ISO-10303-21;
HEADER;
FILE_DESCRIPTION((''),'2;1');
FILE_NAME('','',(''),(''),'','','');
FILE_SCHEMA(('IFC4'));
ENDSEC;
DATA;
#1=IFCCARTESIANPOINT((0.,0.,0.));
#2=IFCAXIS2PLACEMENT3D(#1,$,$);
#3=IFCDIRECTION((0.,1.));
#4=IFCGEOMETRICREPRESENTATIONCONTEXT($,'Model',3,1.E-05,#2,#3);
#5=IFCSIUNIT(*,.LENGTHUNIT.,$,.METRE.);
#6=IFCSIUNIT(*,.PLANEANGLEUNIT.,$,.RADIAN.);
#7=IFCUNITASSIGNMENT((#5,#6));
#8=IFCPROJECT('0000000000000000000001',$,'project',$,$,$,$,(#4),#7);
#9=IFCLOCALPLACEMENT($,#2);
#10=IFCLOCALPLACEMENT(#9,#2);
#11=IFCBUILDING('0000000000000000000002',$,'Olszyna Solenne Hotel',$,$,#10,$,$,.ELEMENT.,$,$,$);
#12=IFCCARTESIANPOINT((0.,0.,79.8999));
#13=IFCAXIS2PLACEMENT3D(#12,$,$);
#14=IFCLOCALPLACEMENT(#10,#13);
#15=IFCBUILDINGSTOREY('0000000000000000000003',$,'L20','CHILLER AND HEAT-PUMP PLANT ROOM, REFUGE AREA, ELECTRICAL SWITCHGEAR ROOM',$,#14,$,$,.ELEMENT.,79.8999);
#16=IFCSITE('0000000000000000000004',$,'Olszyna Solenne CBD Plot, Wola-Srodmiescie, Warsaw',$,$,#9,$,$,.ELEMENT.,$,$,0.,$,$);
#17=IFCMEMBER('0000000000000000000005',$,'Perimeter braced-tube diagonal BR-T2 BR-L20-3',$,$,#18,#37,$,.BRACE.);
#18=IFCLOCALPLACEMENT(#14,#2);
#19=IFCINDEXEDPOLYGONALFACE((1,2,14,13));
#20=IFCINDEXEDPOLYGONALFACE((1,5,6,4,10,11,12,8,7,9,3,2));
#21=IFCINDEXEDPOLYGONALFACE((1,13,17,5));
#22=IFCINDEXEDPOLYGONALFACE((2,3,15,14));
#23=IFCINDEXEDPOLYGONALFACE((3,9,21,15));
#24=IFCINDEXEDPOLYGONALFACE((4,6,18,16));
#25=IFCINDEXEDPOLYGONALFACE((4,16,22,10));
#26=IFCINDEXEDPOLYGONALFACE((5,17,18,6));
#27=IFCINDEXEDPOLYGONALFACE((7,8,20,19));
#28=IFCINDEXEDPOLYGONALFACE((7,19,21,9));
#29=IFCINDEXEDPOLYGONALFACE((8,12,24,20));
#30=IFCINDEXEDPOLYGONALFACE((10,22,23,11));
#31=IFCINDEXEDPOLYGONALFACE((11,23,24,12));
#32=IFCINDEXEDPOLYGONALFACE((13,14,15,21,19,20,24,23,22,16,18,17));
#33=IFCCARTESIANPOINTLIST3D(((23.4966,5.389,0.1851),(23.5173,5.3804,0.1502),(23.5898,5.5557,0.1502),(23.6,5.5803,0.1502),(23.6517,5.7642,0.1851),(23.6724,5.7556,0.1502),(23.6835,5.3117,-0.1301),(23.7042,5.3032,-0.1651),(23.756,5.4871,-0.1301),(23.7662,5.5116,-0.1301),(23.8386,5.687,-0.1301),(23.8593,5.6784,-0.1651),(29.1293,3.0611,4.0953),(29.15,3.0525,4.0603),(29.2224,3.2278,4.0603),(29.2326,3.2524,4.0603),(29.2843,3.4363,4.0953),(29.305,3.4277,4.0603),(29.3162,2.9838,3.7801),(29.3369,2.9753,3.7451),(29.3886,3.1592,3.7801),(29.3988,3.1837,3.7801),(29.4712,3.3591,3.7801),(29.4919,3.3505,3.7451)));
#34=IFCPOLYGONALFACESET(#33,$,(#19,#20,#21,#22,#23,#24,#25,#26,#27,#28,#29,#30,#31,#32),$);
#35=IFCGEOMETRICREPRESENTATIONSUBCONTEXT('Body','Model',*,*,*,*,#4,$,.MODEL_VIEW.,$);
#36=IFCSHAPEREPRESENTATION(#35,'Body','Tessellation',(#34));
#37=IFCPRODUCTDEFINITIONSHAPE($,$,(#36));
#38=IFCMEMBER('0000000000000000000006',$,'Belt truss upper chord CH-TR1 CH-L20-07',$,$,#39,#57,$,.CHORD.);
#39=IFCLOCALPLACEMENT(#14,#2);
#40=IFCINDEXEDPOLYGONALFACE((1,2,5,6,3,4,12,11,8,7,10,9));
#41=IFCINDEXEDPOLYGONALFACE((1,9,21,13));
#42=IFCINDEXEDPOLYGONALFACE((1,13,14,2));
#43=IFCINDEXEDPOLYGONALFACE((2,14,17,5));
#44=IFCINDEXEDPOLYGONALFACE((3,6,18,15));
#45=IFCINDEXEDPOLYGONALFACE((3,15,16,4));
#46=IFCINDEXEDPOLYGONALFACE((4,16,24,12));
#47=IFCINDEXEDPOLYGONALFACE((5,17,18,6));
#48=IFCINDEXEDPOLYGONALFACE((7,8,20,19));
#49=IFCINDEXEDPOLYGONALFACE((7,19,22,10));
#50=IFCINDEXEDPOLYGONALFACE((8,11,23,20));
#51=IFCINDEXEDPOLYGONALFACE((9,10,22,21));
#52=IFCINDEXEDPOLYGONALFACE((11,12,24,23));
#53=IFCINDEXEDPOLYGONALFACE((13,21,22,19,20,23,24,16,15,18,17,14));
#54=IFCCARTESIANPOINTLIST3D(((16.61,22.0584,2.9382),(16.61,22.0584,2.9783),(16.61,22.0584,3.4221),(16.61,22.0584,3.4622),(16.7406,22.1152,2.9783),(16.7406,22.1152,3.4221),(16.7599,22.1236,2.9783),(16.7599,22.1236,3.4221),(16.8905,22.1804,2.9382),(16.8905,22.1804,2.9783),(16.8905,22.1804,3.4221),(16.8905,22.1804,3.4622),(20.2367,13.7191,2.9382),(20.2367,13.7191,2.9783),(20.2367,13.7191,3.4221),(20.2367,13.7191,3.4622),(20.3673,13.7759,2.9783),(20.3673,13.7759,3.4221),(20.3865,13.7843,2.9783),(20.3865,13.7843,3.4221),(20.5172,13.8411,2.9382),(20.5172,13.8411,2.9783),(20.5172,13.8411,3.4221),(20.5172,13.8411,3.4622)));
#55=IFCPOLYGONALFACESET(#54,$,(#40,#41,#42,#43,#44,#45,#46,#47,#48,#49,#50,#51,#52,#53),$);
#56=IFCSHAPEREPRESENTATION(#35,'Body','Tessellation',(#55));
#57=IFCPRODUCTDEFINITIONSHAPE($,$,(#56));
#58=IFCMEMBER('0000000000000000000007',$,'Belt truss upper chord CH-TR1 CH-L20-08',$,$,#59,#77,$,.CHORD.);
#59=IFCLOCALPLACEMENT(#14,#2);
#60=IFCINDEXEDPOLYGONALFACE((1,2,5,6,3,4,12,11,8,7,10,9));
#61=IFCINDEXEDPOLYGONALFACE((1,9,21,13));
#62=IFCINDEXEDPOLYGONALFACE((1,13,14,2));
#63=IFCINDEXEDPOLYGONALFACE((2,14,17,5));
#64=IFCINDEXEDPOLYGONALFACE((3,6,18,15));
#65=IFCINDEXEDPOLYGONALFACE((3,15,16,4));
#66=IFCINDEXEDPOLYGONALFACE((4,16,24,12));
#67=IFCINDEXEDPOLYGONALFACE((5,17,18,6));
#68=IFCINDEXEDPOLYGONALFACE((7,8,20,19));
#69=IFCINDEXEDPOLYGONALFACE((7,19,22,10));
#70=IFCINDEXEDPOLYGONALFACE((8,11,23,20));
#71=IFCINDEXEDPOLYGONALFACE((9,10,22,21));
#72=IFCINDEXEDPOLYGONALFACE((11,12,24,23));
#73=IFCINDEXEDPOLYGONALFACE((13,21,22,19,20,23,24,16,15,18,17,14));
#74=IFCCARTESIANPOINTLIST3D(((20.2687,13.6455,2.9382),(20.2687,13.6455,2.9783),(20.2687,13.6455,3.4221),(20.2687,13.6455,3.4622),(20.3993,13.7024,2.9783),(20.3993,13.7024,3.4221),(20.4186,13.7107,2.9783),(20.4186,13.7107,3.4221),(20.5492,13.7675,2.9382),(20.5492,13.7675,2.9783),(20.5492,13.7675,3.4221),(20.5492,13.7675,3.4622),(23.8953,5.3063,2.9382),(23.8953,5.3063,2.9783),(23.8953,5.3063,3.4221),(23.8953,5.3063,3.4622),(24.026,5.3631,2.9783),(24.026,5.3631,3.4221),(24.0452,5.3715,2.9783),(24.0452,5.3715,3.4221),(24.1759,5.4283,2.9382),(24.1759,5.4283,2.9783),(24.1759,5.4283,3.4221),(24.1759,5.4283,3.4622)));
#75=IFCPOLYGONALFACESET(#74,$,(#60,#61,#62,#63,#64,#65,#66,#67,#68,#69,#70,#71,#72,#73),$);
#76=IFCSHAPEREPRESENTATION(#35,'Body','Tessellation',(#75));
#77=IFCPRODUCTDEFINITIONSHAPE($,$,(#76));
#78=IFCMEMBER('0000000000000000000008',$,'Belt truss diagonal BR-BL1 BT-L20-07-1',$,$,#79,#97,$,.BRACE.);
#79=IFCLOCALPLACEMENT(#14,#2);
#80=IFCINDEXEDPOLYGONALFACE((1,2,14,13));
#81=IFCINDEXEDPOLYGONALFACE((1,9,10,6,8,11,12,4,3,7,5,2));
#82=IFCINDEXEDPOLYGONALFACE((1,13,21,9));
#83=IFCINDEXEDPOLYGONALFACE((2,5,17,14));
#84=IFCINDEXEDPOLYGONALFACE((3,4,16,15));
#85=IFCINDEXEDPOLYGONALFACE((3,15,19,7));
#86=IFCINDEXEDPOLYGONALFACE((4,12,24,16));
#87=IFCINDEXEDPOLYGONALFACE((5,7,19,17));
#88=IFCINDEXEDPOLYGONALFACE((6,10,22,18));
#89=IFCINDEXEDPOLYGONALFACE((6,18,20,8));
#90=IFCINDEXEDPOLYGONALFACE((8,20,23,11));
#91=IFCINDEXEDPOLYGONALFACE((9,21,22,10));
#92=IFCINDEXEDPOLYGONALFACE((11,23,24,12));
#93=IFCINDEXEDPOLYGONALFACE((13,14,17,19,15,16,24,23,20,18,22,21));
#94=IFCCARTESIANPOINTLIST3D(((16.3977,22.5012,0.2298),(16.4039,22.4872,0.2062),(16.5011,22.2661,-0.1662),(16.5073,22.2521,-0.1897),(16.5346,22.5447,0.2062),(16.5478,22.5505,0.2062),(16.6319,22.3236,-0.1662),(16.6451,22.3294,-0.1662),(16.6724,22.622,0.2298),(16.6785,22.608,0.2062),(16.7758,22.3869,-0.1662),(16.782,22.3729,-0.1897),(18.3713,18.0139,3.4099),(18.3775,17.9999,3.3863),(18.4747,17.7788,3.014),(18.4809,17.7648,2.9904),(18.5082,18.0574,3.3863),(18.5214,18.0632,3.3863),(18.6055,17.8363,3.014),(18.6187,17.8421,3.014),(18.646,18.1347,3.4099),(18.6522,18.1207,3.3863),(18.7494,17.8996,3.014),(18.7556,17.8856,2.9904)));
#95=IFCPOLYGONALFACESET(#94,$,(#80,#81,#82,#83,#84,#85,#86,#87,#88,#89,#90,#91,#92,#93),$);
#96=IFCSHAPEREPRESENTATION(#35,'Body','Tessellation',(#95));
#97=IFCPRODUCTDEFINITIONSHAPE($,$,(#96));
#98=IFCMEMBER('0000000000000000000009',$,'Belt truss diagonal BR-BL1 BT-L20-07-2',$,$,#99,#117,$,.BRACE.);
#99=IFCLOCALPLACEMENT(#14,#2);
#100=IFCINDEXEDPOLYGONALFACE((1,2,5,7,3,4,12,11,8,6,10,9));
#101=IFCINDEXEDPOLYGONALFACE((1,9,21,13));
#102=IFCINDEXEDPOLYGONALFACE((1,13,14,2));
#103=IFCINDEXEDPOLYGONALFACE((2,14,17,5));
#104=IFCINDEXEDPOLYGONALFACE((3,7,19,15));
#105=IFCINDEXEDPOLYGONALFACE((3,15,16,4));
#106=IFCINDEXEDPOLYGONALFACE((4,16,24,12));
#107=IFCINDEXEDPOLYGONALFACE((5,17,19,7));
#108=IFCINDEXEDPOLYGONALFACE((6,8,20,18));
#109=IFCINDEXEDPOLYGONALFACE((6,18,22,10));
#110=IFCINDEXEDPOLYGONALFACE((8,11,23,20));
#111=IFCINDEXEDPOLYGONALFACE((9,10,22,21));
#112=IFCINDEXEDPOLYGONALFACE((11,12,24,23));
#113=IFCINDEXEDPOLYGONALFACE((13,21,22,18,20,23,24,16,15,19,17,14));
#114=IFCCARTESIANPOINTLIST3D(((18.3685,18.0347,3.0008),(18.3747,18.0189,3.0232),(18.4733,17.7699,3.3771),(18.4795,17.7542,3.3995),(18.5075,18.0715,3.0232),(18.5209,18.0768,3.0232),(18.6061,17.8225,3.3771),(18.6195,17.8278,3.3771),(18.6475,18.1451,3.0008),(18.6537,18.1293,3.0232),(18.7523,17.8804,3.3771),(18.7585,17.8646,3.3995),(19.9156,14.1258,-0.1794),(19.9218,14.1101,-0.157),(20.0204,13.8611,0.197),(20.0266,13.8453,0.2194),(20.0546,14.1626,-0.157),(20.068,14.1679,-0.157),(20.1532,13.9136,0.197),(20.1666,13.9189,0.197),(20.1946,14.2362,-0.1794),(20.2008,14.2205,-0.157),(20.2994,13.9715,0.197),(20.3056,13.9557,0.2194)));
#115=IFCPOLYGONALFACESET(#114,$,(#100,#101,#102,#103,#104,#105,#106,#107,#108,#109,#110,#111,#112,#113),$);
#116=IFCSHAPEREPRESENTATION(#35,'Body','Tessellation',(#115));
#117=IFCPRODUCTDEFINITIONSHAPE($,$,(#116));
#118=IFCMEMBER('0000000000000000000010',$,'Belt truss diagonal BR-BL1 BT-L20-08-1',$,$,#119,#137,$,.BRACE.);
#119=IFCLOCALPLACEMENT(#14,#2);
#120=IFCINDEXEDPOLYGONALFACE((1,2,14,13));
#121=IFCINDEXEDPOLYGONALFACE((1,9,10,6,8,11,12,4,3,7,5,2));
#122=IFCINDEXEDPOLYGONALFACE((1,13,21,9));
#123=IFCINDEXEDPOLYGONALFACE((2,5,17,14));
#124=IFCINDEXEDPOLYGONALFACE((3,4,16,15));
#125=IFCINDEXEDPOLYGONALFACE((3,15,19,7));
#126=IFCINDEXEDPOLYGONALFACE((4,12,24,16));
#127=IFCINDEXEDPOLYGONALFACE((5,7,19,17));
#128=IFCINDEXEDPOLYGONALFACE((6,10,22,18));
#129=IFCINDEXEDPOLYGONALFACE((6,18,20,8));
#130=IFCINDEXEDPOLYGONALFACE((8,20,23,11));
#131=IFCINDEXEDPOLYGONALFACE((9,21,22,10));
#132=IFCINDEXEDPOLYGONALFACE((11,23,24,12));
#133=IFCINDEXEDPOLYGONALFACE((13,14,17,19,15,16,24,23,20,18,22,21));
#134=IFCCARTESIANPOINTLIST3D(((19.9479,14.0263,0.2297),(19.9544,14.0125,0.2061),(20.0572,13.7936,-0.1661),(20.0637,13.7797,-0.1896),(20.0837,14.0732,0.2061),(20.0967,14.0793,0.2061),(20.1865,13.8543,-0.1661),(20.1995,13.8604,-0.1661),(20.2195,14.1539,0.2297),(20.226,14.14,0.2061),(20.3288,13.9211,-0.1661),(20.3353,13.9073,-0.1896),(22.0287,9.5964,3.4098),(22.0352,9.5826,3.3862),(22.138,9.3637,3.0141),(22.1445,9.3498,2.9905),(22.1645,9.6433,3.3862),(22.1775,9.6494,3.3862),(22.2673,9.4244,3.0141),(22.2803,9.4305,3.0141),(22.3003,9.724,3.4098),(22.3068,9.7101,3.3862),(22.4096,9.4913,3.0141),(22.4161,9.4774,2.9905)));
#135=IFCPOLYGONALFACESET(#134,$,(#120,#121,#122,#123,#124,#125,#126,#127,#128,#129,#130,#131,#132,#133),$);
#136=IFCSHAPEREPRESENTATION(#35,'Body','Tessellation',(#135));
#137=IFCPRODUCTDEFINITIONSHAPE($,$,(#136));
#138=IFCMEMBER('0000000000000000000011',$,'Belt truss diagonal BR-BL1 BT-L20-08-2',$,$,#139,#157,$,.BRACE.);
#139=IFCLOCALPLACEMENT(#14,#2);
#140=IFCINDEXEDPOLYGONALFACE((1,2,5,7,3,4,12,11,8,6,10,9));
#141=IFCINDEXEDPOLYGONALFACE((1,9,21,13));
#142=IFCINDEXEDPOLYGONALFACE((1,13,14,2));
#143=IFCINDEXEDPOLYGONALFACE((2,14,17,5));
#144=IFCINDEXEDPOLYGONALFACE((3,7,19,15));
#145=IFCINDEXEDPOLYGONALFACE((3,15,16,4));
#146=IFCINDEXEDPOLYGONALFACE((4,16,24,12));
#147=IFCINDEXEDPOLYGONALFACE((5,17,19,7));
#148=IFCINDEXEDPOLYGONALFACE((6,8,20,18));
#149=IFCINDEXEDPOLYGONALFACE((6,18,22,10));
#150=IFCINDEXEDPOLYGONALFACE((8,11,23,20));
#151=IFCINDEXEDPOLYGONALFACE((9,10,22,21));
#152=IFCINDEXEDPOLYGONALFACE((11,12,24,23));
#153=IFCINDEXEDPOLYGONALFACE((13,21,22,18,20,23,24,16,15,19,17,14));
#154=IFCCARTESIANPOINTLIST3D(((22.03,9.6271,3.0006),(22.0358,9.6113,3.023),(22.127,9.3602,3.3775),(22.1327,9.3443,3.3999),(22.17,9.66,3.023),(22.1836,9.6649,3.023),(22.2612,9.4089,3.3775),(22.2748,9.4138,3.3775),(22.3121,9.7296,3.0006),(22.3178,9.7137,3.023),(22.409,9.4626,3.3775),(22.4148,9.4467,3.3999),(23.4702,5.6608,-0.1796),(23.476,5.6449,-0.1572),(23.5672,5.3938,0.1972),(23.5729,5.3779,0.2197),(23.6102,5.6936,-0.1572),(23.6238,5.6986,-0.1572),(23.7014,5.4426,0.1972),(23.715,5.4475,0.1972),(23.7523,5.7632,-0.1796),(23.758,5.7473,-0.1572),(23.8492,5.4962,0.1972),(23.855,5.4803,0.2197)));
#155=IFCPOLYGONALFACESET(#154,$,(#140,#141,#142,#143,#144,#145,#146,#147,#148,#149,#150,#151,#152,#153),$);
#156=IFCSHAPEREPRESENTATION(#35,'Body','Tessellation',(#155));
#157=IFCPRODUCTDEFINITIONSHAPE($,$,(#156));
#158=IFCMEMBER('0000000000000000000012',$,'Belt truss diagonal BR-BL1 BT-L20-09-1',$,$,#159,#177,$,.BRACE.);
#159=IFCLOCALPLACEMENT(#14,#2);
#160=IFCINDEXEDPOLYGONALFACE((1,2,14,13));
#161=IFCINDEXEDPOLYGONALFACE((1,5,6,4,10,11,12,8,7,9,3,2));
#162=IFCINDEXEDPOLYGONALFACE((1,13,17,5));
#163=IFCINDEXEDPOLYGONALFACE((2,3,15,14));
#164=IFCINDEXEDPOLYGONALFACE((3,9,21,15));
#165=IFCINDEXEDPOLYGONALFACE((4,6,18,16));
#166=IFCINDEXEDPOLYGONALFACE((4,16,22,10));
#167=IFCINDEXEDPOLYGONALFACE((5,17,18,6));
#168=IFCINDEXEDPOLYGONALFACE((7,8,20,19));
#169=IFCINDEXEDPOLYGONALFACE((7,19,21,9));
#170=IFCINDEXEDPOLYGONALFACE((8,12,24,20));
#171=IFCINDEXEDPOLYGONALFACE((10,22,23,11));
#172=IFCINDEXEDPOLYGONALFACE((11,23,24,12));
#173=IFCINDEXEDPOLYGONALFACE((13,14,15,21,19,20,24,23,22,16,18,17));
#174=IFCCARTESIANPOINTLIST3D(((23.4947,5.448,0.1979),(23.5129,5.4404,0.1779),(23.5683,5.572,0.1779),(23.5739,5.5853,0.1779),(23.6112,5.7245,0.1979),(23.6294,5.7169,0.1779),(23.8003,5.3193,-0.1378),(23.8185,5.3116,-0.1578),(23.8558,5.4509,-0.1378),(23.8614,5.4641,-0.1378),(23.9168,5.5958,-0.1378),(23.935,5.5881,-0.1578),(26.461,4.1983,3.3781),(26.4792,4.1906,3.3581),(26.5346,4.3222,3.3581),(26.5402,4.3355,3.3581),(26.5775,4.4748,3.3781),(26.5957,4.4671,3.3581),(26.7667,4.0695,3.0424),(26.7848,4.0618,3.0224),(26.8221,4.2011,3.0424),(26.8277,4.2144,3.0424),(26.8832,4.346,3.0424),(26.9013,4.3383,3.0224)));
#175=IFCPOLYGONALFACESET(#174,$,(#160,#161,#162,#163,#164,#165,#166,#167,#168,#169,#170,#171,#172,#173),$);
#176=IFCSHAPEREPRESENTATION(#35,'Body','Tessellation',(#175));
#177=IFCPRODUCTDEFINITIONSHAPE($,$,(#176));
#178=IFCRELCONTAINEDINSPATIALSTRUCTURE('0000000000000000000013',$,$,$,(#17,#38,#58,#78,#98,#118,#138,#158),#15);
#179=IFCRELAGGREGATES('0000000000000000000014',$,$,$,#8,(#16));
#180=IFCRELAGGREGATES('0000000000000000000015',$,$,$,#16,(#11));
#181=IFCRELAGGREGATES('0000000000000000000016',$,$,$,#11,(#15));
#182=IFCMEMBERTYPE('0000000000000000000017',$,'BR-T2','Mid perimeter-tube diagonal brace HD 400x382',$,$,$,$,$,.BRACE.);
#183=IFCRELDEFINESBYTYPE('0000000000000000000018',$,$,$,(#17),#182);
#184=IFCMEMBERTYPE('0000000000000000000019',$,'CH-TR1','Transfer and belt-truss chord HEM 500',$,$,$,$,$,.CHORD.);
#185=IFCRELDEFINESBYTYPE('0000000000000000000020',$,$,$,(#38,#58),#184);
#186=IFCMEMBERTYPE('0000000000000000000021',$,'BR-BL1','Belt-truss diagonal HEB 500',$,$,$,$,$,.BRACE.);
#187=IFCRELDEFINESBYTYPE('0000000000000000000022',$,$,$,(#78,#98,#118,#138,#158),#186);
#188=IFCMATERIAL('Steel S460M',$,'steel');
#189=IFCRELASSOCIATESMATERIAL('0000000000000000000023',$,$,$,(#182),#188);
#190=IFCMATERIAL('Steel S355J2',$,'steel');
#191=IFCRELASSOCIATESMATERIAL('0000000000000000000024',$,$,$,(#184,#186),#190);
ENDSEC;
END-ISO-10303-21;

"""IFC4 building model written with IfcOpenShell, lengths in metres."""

from ifc_helpers import new_model, si_unit, direction, frame, origin, origin_2d, place, context, subcontext, project, spatial, i_section, extrude, source, transform, mapped, material, material_profile, profile_set, type_object, element, save


model = new_model("IFC4")

# Units and contexts
model_context = context("Model", 3, precision=1e-05, world=origin(), true_north=direction((0.0, 1.0)))
body_context = subcontext(model_context, "Body", "Model", "MODEL_VIEW")
ifc_project = project(units=[si_unit("LENGTHUNIT", "METRE"), si_unit("PLANEANGLEUNIT", "RADIAN")], contexts=[model_context])

# Site, building, storey
site_placement = place(None, origin())
site = spatial("IfcSite", under=ifc_project, at=site_placement, Name="Olszyna Solenne CBD Plot, Wola-Srodmiescie, Warsaw", CompositionType="ELEMENT", RefElevation=0.0)
building_placement = place(site_placement, origin())
building = spatial("IfcBuilding", under=site, at=building_placement, Name="Olszyna Solenne Hotel", CompositionType="ELEMENT")
storey_placement = place(building_placement, frame((0.0, 0.0, 79.8999)))
storey = spatial("IfcBuildingStorey", under=building, at=storey_placement, Name="L20", Description="CHILLER AND HEAT-PUMP PLANT ROOM, REFUGE AREA, ELECTRICAL SWITCHGEAR ROOM", CompositionType="ELEMENT", Elevation=79.8999)

# Shared definitions
ifc_material_1 = material(Name="Steel S460M", Category="steel")

# Shared definitions
ifc_material_2 = material(Name="Steel S355J2", Category="steel")

# Members
ifc_material_profile_1 = material_profile(ifc_material_1, i_section(OverallWidth=0.406, OverallDepth=0.416, WebThickness=0.0266, FlangeThickness=0.0415, at=origin_2d()), Name="HD 400x382", Category="load-bearing")
ifc_profile_set_1 = profile_set([ifc_material_profile_1], Name="Steel S460M")
member_type_1 = type_object("IfcMemberType", Name="BR-T2", Description="Mid perimeter-tube diagonal brace HD 400x382", PredefinedType="BRACE", material=ifc_profile_set_1)
shared_shape_1 = source(origin(), body_context, "Body", "SweptSolid", [
    extrude(i_section(OverallWidth=0.406, OverallDepth=0.416, WebThickness=0.0266, FlangeThickness=0.0415, at=origin_2d()), origin(), (0.0, 0.0, 1.0), 7.2412),
])
member_1_placement = place(storey_placement, frame((23.678, 5.5337, 0.01), z_axis=(0.777856, -0.32148, 0.539991), x_axis=(0.381954, 0.924181, 0.0)))
element("IfcMember", 1, at=member_1_placement, inside=storey, type_object=member_type_1, Name="Perimeter braced-tube diagonal BR-T2 BR-L20-3", PredefinedType="BRACE", context=body_context, shape_type="MappedRepresentation", body=[
    mapped(shared_shape_1, transform((0.0, 0.0, 0.0), x_axis=(1.0, 0.0, 0.0), y_axis=(0.0, 1.0, 0.0), z_axis=(0.0, 0.0, 1.0), scale=1.0)),
])
ifc_material_profile_2 = material_profile(ifc_material_2, i_section(OverallWidth=0.3059, OverallDepth=0.5239, WebThickness=0.021, FlangeThickness=0.04, at=origin_2d()), Name="HEM 500", Category="load-bearing")
ifc_profile_set_2 = profile_set([ifc_material_profile_2], Name="Steel S355J2")
member_type_2 = type_object("IfcMemberType", Name="CH-TR1", Description="Transfer and belt-truss chord HEM 500", PredefinedType="CHORD", material=ifc_profile_set_2)
shared_shape_2 = source(origin(), body_context, "Body", "SweptSolid", [
    extrude(i_section(OverallWidth=0.3059, OverallDepth=0.5239, WebThickness=0.021, FlangeThickness=0.04, at=origin_2d()), origin(), (0.0, 0.0, 1.0), 9.0938),
])
for number, where, z_axis, x_axis, name in (
    (2, (16.7502, 22.1194, 3.2002), (0.39881, -0.917034, 0.0), (0.917034, 0.39881, 0.0), "Belt truss upper chord CH-TR1 CH-L20-07"),
    (3, (20.4089, 13.7065, 3.2002), (0.39881, -0.917034, 0.0), (0.917034, 0.39881, 0.0), "Belt truss upper chord CH-TR1 CH-L20-08"),
):
    element("IfcMember", number, at=place(storey_placement, frame(where, z_axis=z_axis, x_axis=x_axis)), inside=storey, type_object=member_type_2, Name=name, PredefinedType="CHORD", context=body_context, shape_type="MappedRepresentation", body=[
        mapped(shared_shape_2, transform((0.0, 0.0, 0.0), x_axis=(1.0, 0.0, 0.0), y_axis=(0.0, 1.0, 0.0), z_axis=(0.0, 0.0, 1.0), scale=1.0)),
    ])
ifc_material_profile_3 = material_profile(ifc_material_2, i_section(OverallWidth=0.3, OverallDepth=0.5, WebThickness=0.0144, FlangeThickness=0.0281, at=origin_2d()), Name="HEB 500", Category="load-bearing")
ifc_profile_set_3 = profile_set([ifc_material_profile_3], Name="Steel S355J2")
member_type_3 = type_object("IfcMemberType", Name="BR-BL1", Description="Belt-truss diagonal HEB 500", PredefinedType="BRACE", material=ifc_profile_set_3)
shared_shape_3 = source(origin(), body_context, "Body", "SweptSolid", [
    extrude(i_section(OverallWidth=0.3, OverallDepth=0.5, WebThickness=0.0144, FlangeThickness=0.0281, at=origin_2d()), origin(), (0.0, 0.0, 1.0), 5.8433),
])
member_2_placement = place(storey_placement, frame((16.5898, 22.437, 0.02), z_axis=(0.337758, -0.767935, 0.544239), x_axis=(0.915374, 0.402605, 0.0)))
element("IfcMember", 4, at=member_2_placement, inside=storey, type_object=member_type_3, Name="Belt truss diagonal BR-BL1 BT-L20-07-1", PredefinedType="BRACE", context=body_context, shape_type="MappedRepresentation", body=[
    mapped(shared_shape_3, transform((0.0, 0.0, 0.0), x_axis=(1.0, 0.0, 0.0), y_axis=(0.0, 1.0, 0.0), z_axis=(0.0, 0.0, 1.0), scale=1.0)),
])
shared_shape_4 = source(origin(), body_context, "Body", "SweptSolid", [
    extrude(i_section(OverallWidth=0.3, OverallDepth=0.5, WebThickness=0.0144, FlangeThickness=0.0281, at=origin_2d()), origin(), (0.0, 0.0, 1.0), 5.2712),
])
member_3_placement = place(storey_placement, frame((20.1106, 14.0408, 0.02), z_axis=(-0.293497, 0.741547, 0.603297), x_axis=(-0.92982, -0.368014, 0.0)))
element("IfcMember", 5, at=member_3_placement, inside=storey, type_object=member_type_3, Name="Belt truss diagonal BR-BL1 BT-L20-07-2", PredefinedType="BRACE", context=body_context, shape_type="MappedRepresentation", body=[
    mapped(shared_shape_4, transform((0.0, 0.0, 0.0), x_axis=(1.0, 0.0, 0.0), y_axis=(0.0, 1.0, 0.0), z_axis=(0.0, 0.0, 1.0), scale=1.0)),
])
shared_shape_5 = source(origin(), body_context, "Body", "SweptSolid", [
    extrude(i_section(OverallWidth=0.3, OverallDepth=0.5, WebThickness=0.0144, FlangeThickness=0.0281, at=origin_2d()), origin(), (0.0, 0.0, 1.0), 5.8367),
])
member_4_placement = place(storey_placement, frame((20.1416, 13.9668, 0.02), z_axis=(0.356502, -0.758973, 0.544854), x_axis=(0.905123, 0.425151, 0.0)))
element("IfcMember", 6, at=member_4_placement, inside=storey, type_object=member_type_3, Name="Belt truss diagonal BR-BL1 BT-L20-08-1", PredefinedType="BRACE", context=body_context, shape_type="MappedRepresentation", body=[
    mapped(shared_shape_5, transform((0.0, 0.0, 0.0), x_axis=(1.0, 0.0, 0.0), y_axis=(0.0, 1.0, 0.0), z_axis=(0.0, 0.0, 1.0), scale=1.0)),
])
shared_shape_6 = source(origin(), body_context, "Body", "SweptSolid", [
    extrude(i_section(OverallWidth=0.3, OverallDepth=0.5, WebThickness=0.0144, FlangeThickness=0.0281, at=origin_2d()), origin(), (0.0, 0.0, 1.0), 5.2839),
])
member_5_placement = place(storey_placement, frame((23.6626, 5.5706, 0.02), z_axis=(-0.272563, 0.750645, 0.601865), x_axis=(-0.939954, -0.341302, 0.0)))
element("IfcMember", 7, at=member_5_placement, inside=storey, type_object=member_type_3, Name="Belt truss diagonal BR-BL1 BT-L20-08-2", PredefinedType="BRACE", context=body_context, shape_type="MappedRepresentation", body=[
    mapped(shared_shape_6, transform((0.0, 0.0, 0.0), x_axis=(1.0, 0.0, 0.0), y_axis=(0.0, 1.0, 0.0), z_axis=(0.0, 0.0, 1.0), scale=1.0)),
])
shared_shape_7 = source(origin(), body_context, "Body", "SweptSolid", [
    extrude(i_section(OverallWidth=0.3, OverallDepth=0.5, WebThickness=0.0144, FlangeThickness=0.0281, at=origin_2d()), origin(), (0.0, 0.0, 1.0), 4.5249),
])
member_6_placement = place(storey_placement, frame((23.7148, 5.5181, 0.02), z_axis=(0.655558, -0.276197, 0.702822), x_axis=(0.388264, 0.921548, 0.0)))
element("IfcMember", 8, at=member_6_placement, inside=storey, type_object=member_type_3, Name="Belt truss diagonal BR-BL1 BT-L20-09-1", PredefinedType="BRACE", context=body_context, shape_type="MappedRepresentation", body=[
    mapped(shared_shape_7, transform((0.0, 0.0, 0.0), x_axis=(1.0, 0.0, 0.0), y_axis=(0.0, 1.0, 0.0), z_axis=(0.0, 0.0, 1.0), scale=1.0)),
])

save(model, "model.ifc")
